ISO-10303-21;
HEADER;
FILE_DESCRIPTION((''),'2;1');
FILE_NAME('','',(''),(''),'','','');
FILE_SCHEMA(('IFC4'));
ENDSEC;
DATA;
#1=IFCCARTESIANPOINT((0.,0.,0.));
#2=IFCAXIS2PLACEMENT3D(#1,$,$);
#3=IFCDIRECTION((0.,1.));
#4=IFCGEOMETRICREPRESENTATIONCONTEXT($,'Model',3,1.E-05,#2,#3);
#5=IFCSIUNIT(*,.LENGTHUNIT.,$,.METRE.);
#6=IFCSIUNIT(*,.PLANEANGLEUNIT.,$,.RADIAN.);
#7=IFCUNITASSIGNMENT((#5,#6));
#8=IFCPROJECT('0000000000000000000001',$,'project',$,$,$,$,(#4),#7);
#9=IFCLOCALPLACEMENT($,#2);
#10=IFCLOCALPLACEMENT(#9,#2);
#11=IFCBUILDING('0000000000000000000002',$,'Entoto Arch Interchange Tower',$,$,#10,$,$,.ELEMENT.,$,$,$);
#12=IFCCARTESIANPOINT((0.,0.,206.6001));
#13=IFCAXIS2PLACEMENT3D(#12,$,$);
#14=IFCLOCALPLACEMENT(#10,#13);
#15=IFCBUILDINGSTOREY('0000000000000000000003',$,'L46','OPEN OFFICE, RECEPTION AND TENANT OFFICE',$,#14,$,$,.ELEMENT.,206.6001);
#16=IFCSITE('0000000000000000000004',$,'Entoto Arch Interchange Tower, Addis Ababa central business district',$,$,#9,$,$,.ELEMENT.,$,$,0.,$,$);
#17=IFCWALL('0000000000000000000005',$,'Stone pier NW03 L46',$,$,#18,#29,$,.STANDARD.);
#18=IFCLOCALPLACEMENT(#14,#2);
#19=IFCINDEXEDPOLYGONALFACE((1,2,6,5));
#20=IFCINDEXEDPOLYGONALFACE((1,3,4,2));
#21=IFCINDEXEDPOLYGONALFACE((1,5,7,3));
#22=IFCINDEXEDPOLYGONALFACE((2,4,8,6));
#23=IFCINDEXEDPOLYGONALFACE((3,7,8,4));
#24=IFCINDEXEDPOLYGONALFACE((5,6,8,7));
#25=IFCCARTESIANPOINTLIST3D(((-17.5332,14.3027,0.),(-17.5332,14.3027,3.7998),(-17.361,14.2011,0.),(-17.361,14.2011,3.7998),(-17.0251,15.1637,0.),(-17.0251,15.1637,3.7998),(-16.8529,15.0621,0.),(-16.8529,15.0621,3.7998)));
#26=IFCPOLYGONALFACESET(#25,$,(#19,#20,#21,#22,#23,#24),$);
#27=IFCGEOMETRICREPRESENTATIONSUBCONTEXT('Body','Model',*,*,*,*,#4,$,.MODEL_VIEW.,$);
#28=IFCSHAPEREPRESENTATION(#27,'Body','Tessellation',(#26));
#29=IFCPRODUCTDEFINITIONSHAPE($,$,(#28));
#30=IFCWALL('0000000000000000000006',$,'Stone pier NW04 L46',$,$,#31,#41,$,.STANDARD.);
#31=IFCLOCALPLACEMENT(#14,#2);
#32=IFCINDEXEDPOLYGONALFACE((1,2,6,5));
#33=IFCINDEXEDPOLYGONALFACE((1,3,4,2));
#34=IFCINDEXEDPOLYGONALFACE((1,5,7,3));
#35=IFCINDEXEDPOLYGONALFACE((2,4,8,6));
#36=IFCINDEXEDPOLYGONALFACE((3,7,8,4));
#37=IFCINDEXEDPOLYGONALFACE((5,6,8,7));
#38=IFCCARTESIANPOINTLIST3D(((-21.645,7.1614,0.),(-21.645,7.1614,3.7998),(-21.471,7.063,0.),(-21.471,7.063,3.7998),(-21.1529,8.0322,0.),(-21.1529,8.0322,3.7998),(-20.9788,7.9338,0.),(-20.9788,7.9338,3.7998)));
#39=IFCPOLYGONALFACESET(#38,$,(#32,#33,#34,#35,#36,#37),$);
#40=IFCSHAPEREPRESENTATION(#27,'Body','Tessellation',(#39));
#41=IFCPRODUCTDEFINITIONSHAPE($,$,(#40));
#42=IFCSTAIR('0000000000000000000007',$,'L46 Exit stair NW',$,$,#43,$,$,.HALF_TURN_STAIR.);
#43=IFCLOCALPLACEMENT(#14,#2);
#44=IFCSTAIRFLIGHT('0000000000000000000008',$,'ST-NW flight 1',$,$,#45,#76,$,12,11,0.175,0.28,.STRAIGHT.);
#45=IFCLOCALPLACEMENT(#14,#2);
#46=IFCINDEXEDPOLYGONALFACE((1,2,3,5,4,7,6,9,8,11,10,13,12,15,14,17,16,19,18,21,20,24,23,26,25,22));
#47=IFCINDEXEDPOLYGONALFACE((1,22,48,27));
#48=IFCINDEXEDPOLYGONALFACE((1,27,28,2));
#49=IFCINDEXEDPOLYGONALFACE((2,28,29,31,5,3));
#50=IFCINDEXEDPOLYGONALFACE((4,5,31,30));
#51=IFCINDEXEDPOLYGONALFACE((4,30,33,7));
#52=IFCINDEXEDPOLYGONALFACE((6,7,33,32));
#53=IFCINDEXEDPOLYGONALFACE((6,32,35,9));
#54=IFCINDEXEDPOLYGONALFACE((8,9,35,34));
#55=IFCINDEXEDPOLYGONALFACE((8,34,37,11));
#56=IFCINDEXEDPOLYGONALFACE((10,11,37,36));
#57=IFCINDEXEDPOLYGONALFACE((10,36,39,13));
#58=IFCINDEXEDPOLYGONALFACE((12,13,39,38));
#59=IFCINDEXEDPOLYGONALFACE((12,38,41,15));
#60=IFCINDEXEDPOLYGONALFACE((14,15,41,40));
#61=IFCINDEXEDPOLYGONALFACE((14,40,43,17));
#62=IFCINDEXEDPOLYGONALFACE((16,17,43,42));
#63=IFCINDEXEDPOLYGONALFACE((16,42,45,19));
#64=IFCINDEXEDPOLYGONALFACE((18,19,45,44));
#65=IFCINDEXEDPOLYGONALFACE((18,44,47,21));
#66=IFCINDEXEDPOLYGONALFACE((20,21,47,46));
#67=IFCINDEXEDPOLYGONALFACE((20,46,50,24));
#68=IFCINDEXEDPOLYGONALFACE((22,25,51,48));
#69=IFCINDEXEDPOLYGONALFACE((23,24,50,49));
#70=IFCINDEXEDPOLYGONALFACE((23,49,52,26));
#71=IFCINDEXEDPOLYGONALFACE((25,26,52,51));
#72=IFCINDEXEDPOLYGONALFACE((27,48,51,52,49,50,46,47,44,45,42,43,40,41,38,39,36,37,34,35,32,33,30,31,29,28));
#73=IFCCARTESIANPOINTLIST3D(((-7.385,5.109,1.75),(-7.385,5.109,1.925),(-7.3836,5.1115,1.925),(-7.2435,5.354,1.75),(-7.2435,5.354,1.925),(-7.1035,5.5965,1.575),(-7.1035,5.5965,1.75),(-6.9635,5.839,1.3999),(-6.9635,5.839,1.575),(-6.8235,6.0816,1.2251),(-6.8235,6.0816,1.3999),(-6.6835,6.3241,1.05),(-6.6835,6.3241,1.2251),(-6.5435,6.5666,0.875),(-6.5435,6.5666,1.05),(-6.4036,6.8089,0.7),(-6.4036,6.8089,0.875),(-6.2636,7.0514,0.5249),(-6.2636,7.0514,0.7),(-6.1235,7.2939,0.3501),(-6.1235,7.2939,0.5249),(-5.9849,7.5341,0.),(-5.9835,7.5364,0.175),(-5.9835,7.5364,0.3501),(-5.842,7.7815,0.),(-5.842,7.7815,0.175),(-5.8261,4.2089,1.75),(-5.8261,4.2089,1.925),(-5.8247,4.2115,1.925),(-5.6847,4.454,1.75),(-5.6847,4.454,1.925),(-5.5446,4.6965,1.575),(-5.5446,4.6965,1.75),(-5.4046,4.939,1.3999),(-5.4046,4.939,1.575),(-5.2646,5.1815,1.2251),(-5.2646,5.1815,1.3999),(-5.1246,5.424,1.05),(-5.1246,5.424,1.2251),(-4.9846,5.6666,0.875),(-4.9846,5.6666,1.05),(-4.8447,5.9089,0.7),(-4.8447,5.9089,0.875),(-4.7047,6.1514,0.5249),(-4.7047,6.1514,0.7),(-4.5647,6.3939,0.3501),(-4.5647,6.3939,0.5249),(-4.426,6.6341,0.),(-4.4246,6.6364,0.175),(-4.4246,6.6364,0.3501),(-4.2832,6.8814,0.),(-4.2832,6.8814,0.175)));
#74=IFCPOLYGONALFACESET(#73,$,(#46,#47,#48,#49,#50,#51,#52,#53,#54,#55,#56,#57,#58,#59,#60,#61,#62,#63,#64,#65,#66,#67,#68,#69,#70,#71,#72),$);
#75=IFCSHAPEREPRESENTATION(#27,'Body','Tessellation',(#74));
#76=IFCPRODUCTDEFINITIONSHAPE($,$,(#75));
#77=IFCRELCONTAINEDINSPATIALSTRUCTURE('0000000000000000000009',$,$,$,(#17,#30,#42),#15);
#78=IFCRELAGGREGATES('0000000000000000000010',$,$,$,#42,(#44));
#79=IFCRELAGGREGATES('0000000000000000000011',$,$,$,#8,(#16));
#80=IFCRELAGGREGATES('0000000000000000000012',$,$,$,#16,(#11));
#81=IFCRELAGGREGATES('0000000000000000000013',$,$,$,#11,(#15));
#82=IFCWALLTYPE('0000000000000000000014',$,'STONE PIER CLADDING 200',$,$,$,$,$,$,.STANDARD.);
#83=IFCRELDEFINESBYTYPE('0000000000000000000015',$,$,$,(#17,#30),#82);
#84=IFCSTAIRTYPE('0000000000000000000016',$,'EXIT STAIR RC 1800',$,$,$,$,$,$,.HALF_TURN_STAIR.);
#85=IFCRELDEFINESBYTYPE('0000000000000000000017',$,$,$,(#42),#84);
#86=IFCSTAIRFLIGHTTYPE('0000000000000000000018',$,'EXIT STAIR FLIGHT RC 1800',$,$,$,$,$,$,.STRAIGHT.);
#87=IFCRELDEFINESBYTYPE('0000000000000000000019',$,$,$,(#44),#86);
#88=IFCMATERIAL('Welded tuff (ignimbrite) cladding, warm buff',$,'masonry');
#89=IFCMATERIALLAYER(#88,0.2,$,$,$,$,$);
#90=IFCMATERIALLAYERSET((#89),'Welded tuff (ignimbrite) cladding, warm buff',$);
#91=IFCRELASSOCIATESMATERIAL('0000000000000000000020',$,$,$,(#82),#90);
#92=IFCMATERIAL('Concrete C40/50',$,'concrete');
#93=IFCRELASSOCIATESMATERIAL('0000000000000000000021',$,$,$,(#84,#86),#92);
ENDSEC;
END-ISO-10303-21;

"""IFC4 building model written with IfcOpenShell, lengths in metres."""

from ifc_helpers import new_model, si_unit, direction, frame, frame_2d, origin, place, context, subcontext, project, spatial, polyline, rectangle, outline, extrude, material, layer, layer_set, type_object, element, aggregate, save


model = new_model("IFC4")

# Units and contexts
model_context = context("Model", 3, precision=1e-05, world=origin(), true_north=direction((0.0, 1.0)))
body_context = subcontext(model_context, "Body", "Model", "MODEL_VIEW")
ifc_project = project(units=[si_unit("LENGTHUNIT", "METRE"), si_unit("PLANEANGLEUNIT", "RADIAN")], contexts=[model_context])

# Site, building, storey
site_placement = place(None, origin())
site = spatial("IfcSite", under=ifc_project, at=site_placement, Name="Entoto Arch Interchange Tower, Addis Ababa central business district", CompositionType="ELEMENT", RefElevation=0.0)
building_placement = place(site_placement, origin())
building = spatial("IfcBuilding", under=site, at=building_placement, Name="Entoto Arch Interchange Tower", CompositionType="ELEMENT")
storey_placement = place(building_placement, frame((0.0, 0.0, 206.6001)))
storey = spatial("IfcBuildingStorey", under=building, at=storey_placement, Name="L46", Description="OPEN OFFICE, RECEPTION AND TENANT OFFICE", CompositionType="ELEMENT", Elevation=206.6001)

# Shared definitions
ifc_material_1 = material(Name="Concrete C40/50", Category="concrete")

# Shared definitions
ifc_material_2 = material(Name="Welded tuff (ignimbrite) cladding, warm buff", Category="masonry")

# Walls
ifc_layer_1 = layer(ifc_material_2, 0.2)
ifc_layer_set_1 = layer_set([ifc_layer_1], Name="Welded tuff (ignimbrite) cladding, warm buff")
wall_type_1 = type_object("IfcWallType", Name="STONE PIER CLADDING 200", PredefinedType="STANDARD", material=ifc_layer_set_1)
wall_1_placement = place(storey_placement, frame((-16.939, 15.113, 0.0), z_axis=(0.0, 0.0, 1.0), x_axis=(-0.508162, -0.861262, 0.0)))
element("IfcWall", 1, at=wall_1_placement, inside=storey, type_object=wall_type_1, Name="Stone pier NW03 L46", PredefinedType="STANDARD", context=body_context, shape_type="SweptSolid", body=[
    extrude(rectangle(XDim=0.9998, YDim=0.2, at=frame_2d((0.5, 0.0))), origin(), (0.0, 0.0, 1.0), 3.7998),
])
wall_2_placement = place(storey_placement, frame((-21.0659, 7.9829, 0.0), z_axis=(0.0, 0.0, 1.0), x_axis=(-0.492033, -0.870576, 0.0)))
element("IfcWall", 2, at=wall_2_placement, inside=storey, type_object=wall_type_1, Name="Stone pier NW04 L46", PredefinedType="STANDARD", context=body_context, shape_type="SweptSolid", body=[
    extrude(rectangle(XDim=1.0002, YDim=0.2, at=frame_2d((0.5, 0.0))), origin(), (0.0, 0.0, 1.0), 3.7998),
])

# Stair, stair flight
stair_type = type_object("IfcStairType", Name="EXIT STAIR RC 1800", PredefinedType="HALF_TURN_STAIR", material=ifc_material_1)
stair_placement = place(storey_placement, origin())
stair = element("IfcStair", 3, at=stair_placement, inside=storey, type_object=stair_type, Name="L46 Exit stair NW", PredefinedType="HALF_TURN_STAIR")
stair_flight_type = type_object("IfcStairFlightType", Name="EXIT STAIR FLIGHT RC 1800", PredefinedType="STRAIGHT", material=ifc_material_1)
stair_flight_placement = place(storey_placement, frame((-5.064, 7.3289, 0.0), z_axis=(0.0, 0.0, 1.0), x_axis=(-0.5, -0.866025, 0.0)))
stair_flight = element("IfcStairFlight", 4, at=stair_flight_placement, type_object=stair_flight_type, Name="ST-NW flight 1", NumberOfRisers=12, NumberOfTreads=11, PredefinedType="STRAIGHT", RiserHeight=0.175, TreadLength=0.28, context=body_context, shape_type="SweptSolid", body=[
    extrude(outline(polyline([(-0.0029, 0.0), (-0.0029, 0.175), (0.28, 0.175), (0.28, 0.3501), (0.5601, 0.3501), (0.5601, 0.5249), (0.8401, 0.5249), (0.8401, 0.7), (1.1201, 0.7), (1.1201, 0.875), (1.3999, 0.875), (1.3999, 1.05), (1.6799, 1.05), (1.6799, 1.2251), (1.96, 1.2251), (1.96, 1.3999), (2.24, 1.3999), (2.24, 1.575), (2.52, 1.575), (2.52, 1.75), (2.8, 1.75), (2.8, 1.925), (3.0801, 1.925), (3.083, 1.925), (3.083, 1.75), (0.2827, 0.0), (-0.0029, 0.0)])), frame((0.0, 0.8999, 0.0), z_axis=(0.0, -1.0, 0.0), x_axis=(1.0, 0.0, 0.0)), (0.0, 0.0, 1.0), 1.8),
])
aggregate(stair, [stair_flight])

save(model, "model.ifc")
